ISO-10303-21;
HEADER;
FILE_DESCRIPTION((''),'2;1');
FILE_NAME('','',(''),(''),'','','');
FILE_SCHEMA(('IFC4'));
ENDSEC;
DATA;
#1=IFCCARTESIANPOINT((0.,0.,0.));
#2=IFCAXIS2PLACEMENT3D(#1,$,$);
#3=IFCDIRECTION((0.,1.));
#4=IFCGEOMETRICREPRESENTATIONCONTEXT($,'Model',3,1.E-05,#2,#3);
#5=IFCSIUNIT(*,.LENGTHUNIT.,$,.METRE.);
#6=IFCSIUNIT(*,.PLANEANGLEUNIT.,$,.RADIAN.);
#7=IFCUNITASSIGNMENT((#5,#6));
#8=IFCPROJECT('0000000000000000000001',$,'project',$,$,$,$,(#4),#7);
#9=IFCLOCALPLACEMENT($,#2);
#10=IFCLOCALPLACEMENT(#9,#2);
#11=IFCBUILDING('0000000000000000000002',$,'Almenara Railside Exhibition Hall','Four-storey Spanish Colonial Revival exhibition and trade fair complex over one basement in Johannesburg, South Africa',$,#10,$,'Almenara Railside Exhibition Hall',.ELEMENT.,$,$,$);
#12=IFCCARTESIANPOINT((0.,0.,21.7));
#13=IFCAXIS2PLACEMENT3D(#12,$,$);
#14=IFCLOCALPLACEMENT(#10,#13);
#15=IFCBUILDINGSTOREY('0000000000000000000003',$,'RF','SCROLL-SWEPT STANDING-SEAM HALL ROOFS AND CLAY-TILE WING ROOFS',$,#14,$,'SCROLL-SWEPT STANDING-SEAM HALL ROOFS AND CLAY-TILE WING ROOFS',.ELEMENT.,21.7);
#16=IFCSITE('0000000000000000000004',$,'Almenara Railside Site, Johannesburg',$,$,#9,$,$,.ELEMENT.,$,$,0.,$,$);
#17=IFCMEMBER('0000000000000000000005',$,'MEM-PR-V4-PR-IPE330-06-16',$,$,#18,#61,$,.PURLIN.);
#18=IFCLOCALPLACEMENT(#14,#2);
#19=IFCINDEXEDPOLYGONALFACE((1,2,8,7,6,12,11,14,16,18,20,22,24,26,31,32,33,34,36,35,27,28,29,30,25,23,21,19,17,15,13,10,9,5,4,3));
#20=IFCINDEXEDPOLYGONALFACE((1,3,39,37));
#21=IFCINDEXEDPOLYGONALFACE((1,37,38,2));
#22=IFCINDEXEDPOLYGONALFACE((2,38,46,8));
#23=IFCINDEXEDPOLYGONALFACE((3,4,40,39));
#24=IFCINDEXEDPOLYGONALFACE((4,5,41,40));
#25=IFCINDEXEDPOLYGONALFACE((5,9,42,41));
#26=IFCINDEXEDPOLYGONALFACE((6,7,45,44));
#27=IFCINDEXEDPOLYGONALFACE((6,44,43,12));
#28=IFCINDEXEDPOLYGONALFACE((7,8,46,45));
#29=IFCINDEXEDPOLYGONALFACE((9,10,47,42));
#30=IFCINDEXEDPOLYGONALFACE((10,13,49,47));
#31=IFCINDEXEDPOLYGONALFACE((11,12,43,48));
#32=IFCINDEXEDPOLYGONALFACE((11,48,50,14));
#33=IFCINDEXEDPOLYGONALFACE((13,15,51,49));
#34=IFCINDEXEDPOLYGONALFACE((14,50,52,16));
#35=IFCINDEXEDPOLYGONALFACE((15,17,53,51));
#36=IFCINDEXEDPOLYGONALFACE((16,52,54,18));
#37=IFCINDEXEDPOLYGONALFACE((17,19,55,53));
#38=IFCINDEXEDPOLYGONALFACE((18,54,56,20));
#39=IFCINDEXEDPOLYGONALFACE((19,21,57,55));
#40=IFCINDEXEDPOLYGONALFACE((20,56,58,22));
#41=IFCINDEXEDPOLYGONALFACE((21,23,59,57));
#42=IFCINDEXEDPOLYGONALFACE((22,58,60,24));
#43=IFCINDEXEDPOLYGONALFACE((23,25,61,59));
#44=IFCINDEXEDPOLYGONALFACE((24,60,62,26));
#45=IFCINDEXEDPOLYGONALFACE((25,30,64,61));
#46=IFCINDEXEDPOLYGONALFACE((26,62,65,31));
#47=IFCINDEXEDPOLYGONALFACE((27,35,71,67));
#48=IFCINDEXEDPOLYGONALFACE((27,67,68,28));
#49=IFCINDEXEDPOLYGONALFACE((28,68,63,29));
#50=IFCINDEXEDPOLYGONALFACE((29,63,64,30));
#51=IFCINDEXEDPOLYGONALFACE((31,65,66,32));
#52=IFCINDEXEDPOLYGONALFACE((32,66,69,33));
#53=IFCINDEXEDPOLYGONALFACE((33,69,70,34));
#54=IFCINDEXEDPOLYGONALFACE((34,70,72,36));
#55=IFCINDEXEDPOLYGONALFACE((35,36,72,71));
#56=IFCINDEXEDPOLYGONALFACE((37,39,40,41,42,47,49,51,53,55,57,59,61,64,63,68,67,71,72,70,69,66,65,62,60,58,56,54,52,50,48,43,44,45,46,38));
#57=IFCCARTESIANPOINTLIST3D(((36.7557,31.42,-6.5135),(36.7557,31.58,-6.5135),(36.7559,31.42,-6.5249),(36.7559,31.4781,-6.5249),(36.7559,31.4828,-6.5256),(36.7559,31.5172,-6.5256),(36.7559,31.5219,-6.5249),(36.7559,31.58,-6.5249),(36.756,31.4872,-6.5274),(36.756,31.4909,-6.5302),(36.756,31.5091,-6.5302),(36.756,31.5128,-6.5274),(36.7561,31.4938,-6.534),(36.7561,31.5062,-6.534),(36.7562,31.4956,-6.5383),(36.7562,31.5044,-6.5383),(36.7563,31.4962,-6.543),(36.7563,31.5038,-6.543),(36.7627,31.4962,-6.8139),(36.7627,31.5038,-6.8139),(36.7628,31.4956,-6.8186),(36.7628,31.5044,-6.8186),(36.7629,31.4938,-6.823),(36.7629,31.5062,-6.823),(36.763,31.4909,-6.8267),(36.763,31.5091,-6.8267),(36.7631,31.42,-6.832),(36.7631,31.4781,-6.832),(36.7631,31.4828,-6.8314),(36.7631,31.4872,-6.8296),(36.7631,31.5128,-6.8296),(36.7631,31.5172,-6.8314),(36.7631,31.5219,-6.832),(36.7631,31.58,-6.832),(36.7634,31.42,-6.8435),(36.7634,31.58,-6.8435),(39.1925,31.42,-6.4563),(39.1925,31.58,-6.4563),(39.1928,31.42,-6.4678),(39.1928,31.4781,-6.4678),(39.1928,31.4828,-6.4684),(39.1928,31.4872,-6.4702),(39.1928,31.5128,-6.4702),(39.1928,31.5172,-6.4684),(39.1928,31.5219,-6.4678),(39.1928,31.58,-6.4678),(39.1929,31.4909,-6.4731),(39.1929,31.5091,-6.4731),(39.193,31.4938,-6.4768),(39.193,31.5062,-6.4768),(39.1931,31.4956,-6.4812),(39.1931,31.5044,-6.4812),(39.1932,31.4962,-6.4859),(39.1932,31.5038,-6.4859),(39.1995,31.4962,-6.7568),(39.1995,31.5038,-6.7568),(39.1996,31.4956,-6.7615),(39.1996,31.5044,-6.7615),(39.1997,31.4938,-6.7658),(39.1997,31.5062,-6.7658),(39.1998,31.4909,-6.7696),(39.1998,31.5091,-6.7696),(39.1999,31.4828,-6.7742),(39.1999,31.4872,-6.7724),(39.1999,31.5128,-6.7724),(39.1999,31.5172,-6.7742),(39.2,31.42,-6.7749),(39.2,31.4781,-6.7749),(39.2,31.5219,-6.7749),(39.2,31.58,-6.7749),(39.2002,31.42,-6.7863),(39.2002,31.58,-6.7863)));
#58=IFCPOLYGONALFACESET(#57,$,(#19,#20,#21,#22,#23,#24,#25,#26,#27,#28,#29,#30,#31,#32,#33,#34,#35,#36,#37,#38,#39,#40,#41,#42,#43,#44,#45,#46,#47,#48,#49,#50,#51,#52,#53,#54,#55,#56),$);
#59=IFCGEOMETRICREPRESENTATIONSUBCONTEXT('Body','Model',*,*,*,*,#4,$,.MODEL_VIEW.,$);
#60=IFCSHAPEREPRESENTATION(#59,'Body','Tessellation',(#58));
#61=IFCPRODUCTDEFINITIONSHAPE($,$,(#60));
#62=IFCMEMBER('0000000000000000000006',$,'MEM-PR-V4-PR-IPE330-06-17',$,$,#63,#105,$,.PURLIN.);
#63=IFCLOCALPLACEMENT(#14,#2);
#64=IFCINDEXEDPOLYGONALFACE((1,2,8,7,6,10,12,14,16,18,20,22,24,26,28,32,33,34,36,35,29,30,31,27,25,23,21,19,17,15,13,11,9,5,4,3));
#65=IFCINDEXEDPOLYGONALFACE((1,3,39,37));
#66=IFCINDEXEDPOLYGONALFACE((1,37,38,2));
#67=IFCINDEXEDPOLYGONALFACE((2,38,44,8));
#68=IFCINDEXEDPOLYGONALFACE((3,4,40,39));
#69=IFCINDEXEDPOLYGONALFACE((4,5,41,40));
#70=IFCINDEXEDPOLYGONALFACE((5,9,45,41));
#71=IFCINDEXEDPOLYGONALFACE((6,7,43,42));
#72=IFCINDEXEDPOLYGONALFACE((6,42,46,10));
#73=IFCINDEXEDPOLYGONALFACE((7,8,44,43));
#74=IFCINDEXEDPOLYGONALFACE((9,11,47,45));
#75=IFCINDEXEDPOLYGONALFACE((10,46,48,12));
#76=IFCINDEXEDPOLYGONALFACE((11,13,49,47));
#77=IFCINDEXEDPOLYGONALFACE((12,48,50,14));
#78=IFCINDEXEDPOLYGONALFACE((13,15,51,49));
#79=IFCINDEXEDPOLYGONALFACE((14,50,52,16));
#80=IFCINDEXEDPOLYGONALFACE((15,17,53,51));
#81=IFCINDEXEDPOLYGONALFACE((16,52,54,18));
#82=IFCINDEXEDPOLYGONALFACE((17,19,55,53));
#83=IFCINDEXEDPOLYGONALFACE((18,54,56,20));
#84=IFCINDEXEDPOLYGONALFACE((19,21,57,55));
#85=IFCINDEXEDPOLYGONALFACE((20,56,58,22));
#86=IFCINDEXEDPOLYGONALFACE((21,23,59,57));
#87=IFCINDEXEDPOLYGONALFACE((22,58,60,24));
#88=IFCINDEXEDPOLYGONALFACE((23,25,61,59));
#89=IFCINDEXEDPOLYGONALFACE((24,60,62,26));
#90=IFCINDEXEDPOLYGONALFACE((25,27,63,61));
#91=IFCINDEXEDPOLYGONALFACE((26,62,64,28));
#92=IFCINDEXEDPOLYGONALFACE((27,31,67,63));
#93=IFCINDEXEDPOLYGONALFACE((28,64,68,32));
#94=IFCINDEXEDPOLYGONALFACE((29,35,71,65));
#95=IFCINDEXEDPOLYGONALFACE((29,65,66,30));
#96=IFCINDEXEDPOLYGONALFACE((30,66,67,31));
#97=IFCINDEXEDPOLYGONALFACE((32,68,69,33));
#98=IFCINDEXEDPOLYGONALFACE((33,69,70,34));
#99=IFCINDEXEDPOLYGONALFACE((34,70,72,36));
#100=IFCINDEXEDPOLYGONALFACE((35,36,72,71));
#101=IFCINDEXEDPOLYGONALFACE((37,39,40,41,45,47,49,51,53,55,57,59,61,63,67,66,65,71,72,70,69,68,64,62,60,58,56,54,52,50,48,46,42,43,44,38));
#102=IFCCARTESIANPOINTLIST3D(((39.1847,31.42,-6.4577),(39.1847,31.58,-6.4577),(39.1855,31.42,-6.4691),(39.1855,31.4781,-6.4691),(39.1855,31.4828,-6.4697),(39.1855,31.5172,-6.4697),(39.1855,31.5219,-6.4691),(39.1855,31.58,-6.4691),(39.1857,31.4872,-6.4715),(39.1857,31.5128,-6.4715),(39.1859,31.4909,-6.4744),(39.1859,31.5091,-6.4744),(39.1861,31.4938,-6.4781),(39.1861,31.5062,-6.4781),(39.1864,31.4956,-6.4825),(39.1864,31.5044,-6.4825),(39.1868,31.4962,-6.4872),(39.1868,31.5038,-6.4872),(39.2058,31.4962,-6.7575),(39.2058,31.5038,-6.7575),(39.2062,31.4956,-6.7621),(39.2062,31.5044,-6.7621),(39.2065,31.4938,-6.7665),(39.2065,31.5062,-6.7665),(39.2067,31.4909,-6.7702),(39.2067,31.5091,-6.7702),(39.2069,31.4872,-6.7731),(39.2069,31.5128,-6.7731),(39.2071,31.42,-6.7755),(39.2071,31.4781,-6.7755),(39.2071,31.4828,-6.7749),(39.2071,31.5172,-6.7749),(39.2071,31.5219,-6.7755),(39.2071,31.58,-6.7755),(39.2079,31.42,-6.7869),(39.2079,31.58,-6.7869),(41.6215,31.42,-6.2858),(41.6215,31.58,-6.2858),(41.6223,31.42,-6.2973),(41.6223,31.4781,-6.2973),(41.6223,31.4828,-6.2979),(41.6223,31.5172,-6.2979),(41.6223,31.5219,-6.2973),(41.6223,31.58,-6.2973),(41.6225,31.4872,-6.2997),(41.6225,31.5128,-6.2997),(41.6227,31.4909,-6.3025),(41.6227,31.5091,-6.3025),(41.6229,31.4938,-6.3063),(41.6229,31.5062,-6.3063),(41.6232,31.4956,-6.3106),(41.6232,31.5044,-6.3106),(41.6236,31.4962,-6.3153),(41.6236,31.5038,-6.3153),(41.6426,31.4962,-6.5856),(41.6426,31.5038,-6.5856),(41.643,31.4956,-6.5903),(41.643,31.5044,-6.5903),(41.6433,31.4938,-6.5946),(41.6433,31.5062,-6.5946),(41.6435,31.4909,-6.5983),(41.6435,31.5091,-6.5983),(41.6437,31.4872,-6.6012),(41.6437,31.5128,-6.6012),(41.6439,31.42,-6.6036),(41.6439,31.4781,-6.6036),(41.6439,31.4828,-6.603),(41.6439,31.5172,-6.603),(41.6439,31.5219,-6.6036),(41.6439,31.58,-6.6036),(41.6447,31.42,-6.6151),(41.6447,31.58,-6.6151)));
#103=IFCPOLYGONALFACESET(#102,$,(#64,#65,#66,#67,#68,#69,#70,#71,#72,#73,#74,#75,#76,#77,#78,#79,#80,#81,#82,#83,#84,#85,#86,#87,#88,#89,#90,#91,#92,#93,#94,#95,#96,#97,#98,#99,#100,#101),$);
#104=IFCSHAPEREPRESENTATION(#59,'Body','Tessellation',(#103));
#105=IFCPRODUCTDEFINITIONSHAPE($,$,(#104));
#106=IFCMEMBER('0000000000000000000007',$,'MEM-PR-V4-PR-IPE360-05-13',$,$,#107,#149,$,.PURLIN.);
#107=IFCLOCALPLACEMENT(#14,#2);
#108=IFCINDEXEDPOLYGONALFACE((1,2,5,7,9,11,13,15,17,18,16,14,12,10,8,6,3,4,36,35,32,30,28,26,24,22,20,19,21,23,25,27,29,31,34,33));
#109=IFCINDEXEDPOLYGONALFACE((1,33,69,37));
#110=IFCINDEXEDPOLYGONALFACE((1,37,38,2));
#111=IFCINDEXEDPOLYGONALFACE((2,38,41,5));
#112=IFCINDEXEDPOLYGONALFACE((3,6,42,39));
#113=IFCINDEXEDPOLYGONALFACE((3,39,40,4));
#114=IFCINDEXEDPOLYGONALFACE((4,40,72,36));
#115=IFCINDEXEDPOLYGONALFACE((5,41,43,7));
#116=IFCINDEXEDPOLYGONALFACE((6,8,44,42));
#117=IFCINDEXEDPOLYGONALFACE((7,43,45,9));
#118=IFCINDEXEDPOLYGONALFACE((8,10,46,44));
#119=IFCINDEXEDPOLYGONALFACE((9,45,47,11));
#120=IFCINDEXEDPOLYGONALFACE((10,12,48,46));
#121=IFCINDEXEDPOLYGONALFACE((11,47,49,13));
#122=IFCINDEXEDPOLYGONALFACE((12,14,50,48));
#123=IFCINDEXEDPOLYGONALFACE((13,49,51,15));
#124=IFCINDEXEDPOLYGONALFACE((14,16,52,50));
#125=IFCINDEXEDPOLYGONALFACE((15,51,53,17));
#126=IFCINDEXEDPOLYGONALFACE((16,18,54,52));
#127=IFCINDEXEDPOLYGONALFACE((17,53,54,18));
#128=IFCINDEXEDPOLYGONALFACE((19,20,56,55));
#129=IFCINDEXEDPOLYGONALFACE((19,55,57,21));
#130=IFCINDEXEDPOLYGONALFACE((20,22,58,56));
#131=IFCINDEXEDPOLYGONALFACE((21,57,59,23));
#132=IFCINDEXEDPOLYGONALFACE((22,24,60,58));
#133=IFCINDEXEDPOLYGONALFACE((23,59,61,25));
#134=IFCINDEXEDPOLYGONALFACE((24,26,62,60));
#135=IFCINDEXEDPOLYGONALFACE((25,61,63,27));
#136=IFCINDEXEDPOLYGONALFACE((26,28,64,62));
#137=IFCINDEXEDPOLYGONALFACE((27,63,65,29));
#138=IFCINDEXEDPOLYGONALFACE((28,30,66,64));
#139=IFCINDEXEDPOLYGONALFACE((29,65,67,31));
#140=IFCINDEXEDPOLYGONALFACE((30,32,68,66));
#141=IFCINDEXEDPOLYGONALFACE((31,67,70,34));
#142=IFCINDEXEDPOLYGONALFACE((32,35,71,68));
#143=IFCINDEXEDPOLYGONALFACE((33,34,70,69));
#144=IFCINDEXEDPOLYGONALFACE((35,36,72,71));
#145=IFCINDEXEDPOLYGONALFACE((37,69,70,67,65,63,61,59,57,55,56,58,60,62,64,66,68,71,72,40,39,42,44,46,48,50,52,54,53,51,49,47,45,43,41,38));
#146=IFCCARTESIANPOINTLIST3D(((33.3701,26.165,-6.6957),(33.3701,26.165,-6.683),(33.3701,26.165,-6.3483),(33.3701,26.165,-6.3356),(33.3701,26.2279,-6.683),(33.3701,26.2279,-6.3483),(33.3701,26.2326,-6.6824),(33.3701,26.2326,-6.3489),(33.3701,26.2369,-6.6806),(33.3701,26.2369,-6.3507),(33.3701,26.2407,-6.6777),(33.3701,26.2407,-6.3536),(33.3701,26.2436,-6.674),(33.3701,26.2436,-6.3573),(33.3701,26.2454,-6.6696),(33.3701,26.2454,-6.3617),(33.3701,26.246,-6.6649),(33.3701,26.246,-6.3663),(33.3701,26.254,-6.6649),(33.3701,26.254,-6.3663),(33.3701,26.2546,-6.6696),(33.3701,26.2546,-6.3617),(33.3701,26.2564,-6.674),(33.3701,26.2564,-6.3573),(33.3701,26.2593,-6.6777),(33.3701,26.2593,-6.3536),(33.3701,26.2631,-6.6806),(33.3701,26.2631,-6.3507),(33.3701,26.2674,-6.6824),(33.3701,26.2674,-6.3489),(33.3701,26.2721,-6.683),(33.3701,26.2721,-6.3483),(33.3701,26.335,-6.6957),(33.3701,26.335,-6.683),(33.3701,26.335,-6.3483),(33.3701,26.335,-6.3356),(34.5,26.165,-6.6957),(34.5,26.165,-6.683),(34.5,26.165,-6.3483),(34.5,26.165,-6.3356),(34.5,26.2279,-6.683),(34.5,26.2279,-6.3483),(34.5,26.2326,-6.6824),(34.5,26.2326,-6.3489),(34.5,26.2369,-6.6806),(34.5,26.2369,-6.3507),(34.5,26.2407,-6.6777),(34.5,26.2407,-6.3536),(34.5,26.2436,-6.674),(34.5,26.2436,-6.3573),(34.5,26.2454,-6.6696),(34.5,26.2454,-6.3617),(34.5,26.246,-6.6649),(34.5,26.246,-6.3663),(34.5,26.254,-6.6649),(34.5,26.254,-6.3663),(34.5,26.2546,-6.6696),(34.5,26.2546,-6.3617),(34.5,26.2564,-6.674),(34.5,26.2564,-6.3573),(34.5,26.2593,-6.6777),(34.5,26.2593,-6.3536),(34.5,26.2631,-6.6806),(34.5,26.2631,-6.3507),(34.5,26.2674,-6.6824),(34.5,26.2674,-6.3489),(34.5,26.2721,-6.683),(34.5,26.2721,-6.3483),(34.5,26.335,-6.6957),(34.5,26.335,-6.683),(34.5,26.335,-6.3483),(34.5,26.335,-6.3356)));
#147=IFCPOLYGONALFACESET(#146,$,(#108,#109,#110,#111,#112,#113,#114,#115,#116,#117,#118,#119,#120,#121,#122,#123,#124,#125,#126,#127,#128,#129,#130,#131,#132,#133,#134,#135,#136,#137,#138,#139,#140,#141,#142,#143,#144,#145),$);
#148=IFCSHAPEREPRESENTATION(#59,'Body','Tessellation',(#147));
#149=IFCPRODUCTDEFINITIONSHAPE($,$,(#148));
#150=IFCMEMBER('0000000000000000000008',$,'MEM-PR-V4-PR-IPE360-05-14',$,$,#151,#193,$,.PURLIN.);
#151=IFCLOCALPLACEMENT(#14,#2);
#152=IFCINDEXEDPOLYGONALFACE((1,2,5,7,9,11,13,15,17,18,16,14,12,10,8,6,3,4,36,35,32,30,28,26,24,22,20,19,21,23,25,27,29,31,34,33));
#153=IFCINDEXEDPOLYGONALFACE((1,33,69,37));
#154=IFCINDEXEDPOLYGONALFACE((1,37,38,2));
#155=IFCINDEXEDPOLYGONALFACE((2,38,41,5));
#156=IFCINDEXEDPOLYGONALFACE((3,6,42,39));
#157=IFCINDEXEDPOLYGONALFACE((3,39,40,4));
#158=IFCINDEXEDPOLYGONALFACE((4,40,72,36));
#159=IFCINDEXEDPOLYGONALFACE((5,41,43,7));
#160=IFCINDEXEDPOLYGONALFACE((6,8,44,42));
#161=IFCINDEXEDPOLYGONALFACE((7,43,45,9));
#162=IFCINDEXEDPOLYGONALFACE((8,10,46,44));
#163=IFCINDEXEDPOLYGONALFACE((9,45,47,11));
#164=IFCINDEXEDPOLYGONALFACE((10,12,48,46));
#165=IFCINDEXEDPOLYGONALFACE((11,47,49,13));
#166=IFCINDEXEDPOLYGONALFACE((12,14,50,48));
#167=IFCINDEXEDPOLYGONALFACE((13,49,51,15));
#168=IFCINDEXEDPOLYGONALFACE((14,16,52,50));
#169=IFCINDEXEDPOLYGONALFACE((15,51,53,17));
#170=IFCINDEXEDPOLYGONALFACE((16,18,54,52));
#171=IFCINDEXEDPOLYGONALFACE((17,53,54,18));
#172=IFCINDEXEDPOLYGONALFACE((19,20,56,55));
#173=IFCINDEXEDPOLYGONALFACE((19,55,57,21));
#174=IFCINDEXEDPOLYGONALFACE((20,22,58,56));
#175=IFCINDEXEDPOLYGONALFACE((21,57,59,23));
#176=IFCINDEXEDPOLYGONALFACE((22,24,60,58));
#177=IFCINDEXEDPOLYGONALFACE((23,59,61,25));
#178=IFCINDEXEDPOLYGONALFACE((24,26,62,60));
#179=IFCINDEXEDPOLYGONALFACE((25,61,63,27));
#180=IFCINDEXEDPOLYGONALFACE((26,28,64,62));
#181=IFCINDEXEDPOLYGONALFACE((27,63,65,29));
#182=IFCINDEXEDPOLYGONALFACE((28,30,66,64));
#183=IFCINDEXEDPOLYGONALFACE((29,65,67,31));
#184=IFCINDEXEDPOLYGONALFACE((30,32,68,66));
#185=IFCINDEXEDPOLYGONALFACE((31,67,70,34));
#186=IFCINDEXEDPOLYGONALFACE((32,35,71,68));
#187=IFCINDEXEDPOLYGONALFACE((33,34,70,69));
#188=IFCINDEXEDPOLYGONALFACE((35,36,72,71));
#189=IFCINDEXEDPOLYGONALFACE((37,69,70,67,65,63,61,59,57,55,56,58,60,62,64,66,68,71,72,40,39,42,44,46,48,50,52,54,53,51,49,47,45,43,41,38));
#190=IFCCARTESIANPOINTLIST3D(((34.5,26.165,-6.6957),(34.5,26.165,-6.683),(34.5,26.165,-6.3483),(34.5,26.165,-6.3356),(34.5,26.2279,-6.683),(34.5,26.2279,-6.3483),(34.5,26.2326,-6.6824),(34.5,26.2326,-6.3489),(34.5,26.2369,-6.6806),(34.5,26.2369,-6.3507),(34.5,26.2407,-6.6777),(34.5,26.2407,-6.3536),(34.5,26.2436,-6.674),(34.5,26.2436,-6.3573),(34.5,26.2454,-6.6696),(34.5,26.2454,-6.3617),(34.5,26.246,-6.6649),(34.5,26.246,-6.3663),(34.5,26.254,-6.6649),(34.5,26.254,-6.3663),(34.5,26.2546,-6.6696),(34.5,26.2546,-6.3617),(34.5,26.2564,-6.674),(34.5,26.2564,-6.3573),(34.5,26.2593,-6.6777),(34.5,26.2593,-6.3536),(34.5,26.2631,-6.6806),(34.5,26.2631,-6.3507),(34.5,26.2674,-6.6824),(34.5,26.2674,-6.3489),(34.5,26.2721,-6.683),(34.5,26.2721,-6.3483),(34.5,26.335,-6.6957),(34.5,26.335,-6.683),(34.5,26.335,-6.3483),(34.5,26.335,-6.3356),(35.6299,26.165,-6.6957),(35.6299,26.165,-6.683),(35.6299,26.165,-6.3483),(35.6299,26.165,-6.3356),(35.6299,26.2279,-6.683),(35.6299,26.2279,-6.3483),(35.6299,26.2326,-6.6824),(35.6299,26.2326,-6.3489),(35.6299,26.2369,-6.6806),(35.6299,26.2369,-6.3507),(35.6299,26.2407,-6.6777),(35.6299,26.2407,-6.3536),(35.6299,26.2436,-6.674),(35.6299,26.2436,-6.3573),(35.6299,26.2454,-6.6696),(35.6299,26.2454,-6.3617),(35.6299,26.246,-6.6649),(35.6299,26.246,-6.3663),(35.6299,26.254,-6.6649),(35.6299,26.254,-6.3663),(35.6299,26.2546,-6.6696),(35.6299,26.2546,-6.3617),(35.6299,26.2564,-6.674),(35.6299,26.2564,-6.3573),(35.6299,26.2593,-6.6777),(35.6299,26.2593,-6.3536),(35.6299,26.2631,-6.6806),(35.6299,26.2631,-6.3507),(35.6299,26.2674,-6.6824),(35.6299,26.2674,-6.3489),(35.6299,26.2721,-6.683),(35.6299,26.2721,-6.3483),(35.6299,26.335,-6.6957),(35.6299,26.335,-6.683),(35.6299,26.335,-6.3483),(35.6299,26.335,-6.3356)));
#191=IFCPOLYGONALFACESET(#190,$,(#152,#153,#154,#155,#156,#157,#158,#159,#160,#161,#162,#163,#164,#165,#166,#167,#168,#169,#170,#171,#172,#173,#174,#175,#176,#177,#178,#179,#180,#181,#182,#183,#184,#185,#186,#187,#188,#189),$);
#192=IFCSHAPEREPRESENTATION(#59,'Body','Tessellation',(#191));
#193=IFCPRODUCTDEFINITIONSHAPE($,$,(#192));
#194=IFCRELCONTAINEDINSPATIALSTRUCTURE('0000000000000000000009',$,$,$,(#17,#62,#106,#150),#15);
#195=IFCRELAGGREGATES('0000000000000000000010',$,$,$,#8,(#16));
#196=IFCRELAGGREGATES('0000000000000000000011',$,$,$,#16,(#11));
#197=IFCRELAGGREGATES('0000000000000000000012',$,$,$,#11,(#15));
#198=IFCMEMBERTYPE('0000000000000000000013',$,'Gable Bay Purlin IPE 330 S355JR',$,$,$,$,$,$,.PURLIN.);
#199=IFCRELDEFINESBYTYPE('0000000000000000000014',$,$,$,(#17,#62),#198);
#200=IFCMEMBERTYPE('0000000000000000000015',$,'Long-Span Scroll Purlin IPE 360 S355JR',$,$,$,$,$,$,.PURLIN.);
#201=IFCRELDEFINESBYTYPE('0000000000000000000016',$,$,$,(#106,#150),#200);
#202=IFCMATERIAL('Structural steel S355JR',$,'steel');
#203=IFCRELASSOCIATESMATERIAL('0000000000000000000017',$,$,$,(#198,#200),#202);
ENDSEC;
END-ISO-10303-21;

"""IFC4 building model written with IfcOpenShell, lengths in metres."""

from ifc_helpers import new_model, si_unit, direction, frame, origin, origin_2d, place, context, subcontext, project, spatial, i_section, extrude, material, material_profile, profile_set, type_object, element, save


model = new_model("IFC4")

# Units and contexts
model_context = context("Model", 3, precision=1e-05, world=origin(), true_north=direction((0.0, 1.0)))
body_context = subcontext(model_context, "Body", "Model", "MODEL_VIEW")
ifc_project = project(units=[si_unit("LENGTHUNIT", "METRE"), si_unit("PLANEANGLEUNIT", "RADIAN")], contexts=[model_context])

# Site, building, storey
site_placement = place(None, origin())
site = spatial("IfcSite", under=ifc_project, at=site_placement, Name="Almenara Railside Site, Johannesburg", CompositionType="ELEMENT", RefElevation=0.0)
building_placement = place(site_placement, origin())
building = spatial("IfcBuilding", under=site, at=building_placement, Name="Almenara Railside Exhibition Hall", Description="Four-storey Spanish Colonial Revival exhibition and trade fair complex over one basement in Johannesburg, South Africa", LongName="Almenara Railside Exhibition Hall", CompositionType="ELEMENT")
storey_placement = place(building_placement, frame((0.0, 0.0, 21.7)))
storey = spatial("IfcBuildingStorey", under=building, at=storey_placement, Name="RF", Description="SCROLL-SWEPT STANDING-SEAM HALL ROOFS AND CLAY-TILE WING ROOFS", LongName="SCROLL-SWEPT STANDING-SEAM HALL ROOFS AND CLAY-TILE WING ROOFS", CompositionType="ELEMENT", Elevation=21.7)

# Members
ifc_material_1 = material(Name="Structural steel S355JR", Category="steel")
ifc_material_profile_1 = material_profile(ifc_material_1, i_section(OverallWidth=0.1599, OverallDepth=0.3301, WebThickness=0.0076, FlangeThickness=0.0115, FilletRadius=0.0181, at=origin_2d()), Name="IPE 330")
ifc_profile_set_1 = profile_set([ifc_material_profile_1], Name="Structural steel S355JR")
member_type_1 = type_object("IfcMemberType", Name="Gable Bay Purlin IPE 330 S355JR", PredefinedType="PURLIN", material=ifc_profile_set_1)
member_1_placement = place(storey_placement, frame((36.7595, 31.5, -6.6785), z_axis=(0.999725, 0.0, 0.023438), x_axis=(0.0, 1.0, 0.0)))
element("IfcMember", 1, at=member_1_placement, inside=storey, type_object=member_type_1, Name="MEM-PR-V4-PR-IPE330-06-16", PredefinedType="PURLIN", context=body_context, shape_type="SweptSolid", body=[
    extrude(i_section(OverallWidth=0.1599, OverallDepth=0.3301, WebThickness=0.0076, FlangeThickness=0.0115, FilletRadius=0.0181, at=origin_2d()), origin(), (0.0, 0.0, 1.0), 2.4375),
])
member_2_placement = place(storey_placement, frame((39.1963, 31.5, -6.6223), z_axis=(0.997522, 0.0, 0.070359), x_axis=(0.0, 1.0, 0.0)))
element("IfcMember", 2, at=member_2_placement, inside=storey, type_object=member_type_1, Name="MEM-PR-V4-PR-IPE330-06-17", PredefinedType="PURLIN", context=body_context, shape_type="SweptSolid", body=[
    extrude(i_section(OverallWidth=0.1599, OverallDepth=0.3301, WebThickness=0.0076, FlangeThickness=0.0115, FilletRadius=0.0181, at=origin_2d()), origin(), (0.0, 0.0, 1.0), 2.4429),
])
ifc_material_profile_2 = material_profile(ifc_material_1, i_section(OverallWidth=0.1699, OverallDepth=0.3601, WebThickness=0.0081, FlangeThickness=0.0127, FilletRadius=0.0181, at=origin_2d()), Name="IPE 360")
ifc_profile_set_2 = profile_set([ifc_material_profile_2], Name="Structural steel S355JR")
member_type_2 = type_object("IfcMemberType", Name="Long-Span Scroll Purlin IPE 360 S355JR", PredefinedType="PURLIN", material=ifc_profile_set_2)
for number, where, z_axis, x_axis, name in (
    (3, (33.3701, 26.25, -6.5156), (1.0, 0.0, 0.0), (0.0, 1.0, 0.0), "MEM-PR-V4-PR-IPE360-05-13"),
    (4, (34.5, 26.25, -6.5156), (1.0, 0.0, 0.0), (0.0, 1.0, 0.0), "MEM-PR-V4-PR-IPE360-05-14"),
):
    element("IfcMember", number, at=place(storey_placement, frame(where, z_axis=z_axis, x_axis=x_axis)), inside=storey, type_object=member_type_2, Name=name, PredefinedType="PURLIN", context=body_context, shape_type="SweptSolid", body=[
        extrude(i_section(OverallWidth=0.1699, OverallDepth=0.3601, WebThickness=0.0081, FlangeThickness=0.0127, FilletRadius=0.0181, at=origin_2d()), origin(), (0.0, 0.0, 1.0), 1.1299),
    ])

save(model, "model.ifc")
